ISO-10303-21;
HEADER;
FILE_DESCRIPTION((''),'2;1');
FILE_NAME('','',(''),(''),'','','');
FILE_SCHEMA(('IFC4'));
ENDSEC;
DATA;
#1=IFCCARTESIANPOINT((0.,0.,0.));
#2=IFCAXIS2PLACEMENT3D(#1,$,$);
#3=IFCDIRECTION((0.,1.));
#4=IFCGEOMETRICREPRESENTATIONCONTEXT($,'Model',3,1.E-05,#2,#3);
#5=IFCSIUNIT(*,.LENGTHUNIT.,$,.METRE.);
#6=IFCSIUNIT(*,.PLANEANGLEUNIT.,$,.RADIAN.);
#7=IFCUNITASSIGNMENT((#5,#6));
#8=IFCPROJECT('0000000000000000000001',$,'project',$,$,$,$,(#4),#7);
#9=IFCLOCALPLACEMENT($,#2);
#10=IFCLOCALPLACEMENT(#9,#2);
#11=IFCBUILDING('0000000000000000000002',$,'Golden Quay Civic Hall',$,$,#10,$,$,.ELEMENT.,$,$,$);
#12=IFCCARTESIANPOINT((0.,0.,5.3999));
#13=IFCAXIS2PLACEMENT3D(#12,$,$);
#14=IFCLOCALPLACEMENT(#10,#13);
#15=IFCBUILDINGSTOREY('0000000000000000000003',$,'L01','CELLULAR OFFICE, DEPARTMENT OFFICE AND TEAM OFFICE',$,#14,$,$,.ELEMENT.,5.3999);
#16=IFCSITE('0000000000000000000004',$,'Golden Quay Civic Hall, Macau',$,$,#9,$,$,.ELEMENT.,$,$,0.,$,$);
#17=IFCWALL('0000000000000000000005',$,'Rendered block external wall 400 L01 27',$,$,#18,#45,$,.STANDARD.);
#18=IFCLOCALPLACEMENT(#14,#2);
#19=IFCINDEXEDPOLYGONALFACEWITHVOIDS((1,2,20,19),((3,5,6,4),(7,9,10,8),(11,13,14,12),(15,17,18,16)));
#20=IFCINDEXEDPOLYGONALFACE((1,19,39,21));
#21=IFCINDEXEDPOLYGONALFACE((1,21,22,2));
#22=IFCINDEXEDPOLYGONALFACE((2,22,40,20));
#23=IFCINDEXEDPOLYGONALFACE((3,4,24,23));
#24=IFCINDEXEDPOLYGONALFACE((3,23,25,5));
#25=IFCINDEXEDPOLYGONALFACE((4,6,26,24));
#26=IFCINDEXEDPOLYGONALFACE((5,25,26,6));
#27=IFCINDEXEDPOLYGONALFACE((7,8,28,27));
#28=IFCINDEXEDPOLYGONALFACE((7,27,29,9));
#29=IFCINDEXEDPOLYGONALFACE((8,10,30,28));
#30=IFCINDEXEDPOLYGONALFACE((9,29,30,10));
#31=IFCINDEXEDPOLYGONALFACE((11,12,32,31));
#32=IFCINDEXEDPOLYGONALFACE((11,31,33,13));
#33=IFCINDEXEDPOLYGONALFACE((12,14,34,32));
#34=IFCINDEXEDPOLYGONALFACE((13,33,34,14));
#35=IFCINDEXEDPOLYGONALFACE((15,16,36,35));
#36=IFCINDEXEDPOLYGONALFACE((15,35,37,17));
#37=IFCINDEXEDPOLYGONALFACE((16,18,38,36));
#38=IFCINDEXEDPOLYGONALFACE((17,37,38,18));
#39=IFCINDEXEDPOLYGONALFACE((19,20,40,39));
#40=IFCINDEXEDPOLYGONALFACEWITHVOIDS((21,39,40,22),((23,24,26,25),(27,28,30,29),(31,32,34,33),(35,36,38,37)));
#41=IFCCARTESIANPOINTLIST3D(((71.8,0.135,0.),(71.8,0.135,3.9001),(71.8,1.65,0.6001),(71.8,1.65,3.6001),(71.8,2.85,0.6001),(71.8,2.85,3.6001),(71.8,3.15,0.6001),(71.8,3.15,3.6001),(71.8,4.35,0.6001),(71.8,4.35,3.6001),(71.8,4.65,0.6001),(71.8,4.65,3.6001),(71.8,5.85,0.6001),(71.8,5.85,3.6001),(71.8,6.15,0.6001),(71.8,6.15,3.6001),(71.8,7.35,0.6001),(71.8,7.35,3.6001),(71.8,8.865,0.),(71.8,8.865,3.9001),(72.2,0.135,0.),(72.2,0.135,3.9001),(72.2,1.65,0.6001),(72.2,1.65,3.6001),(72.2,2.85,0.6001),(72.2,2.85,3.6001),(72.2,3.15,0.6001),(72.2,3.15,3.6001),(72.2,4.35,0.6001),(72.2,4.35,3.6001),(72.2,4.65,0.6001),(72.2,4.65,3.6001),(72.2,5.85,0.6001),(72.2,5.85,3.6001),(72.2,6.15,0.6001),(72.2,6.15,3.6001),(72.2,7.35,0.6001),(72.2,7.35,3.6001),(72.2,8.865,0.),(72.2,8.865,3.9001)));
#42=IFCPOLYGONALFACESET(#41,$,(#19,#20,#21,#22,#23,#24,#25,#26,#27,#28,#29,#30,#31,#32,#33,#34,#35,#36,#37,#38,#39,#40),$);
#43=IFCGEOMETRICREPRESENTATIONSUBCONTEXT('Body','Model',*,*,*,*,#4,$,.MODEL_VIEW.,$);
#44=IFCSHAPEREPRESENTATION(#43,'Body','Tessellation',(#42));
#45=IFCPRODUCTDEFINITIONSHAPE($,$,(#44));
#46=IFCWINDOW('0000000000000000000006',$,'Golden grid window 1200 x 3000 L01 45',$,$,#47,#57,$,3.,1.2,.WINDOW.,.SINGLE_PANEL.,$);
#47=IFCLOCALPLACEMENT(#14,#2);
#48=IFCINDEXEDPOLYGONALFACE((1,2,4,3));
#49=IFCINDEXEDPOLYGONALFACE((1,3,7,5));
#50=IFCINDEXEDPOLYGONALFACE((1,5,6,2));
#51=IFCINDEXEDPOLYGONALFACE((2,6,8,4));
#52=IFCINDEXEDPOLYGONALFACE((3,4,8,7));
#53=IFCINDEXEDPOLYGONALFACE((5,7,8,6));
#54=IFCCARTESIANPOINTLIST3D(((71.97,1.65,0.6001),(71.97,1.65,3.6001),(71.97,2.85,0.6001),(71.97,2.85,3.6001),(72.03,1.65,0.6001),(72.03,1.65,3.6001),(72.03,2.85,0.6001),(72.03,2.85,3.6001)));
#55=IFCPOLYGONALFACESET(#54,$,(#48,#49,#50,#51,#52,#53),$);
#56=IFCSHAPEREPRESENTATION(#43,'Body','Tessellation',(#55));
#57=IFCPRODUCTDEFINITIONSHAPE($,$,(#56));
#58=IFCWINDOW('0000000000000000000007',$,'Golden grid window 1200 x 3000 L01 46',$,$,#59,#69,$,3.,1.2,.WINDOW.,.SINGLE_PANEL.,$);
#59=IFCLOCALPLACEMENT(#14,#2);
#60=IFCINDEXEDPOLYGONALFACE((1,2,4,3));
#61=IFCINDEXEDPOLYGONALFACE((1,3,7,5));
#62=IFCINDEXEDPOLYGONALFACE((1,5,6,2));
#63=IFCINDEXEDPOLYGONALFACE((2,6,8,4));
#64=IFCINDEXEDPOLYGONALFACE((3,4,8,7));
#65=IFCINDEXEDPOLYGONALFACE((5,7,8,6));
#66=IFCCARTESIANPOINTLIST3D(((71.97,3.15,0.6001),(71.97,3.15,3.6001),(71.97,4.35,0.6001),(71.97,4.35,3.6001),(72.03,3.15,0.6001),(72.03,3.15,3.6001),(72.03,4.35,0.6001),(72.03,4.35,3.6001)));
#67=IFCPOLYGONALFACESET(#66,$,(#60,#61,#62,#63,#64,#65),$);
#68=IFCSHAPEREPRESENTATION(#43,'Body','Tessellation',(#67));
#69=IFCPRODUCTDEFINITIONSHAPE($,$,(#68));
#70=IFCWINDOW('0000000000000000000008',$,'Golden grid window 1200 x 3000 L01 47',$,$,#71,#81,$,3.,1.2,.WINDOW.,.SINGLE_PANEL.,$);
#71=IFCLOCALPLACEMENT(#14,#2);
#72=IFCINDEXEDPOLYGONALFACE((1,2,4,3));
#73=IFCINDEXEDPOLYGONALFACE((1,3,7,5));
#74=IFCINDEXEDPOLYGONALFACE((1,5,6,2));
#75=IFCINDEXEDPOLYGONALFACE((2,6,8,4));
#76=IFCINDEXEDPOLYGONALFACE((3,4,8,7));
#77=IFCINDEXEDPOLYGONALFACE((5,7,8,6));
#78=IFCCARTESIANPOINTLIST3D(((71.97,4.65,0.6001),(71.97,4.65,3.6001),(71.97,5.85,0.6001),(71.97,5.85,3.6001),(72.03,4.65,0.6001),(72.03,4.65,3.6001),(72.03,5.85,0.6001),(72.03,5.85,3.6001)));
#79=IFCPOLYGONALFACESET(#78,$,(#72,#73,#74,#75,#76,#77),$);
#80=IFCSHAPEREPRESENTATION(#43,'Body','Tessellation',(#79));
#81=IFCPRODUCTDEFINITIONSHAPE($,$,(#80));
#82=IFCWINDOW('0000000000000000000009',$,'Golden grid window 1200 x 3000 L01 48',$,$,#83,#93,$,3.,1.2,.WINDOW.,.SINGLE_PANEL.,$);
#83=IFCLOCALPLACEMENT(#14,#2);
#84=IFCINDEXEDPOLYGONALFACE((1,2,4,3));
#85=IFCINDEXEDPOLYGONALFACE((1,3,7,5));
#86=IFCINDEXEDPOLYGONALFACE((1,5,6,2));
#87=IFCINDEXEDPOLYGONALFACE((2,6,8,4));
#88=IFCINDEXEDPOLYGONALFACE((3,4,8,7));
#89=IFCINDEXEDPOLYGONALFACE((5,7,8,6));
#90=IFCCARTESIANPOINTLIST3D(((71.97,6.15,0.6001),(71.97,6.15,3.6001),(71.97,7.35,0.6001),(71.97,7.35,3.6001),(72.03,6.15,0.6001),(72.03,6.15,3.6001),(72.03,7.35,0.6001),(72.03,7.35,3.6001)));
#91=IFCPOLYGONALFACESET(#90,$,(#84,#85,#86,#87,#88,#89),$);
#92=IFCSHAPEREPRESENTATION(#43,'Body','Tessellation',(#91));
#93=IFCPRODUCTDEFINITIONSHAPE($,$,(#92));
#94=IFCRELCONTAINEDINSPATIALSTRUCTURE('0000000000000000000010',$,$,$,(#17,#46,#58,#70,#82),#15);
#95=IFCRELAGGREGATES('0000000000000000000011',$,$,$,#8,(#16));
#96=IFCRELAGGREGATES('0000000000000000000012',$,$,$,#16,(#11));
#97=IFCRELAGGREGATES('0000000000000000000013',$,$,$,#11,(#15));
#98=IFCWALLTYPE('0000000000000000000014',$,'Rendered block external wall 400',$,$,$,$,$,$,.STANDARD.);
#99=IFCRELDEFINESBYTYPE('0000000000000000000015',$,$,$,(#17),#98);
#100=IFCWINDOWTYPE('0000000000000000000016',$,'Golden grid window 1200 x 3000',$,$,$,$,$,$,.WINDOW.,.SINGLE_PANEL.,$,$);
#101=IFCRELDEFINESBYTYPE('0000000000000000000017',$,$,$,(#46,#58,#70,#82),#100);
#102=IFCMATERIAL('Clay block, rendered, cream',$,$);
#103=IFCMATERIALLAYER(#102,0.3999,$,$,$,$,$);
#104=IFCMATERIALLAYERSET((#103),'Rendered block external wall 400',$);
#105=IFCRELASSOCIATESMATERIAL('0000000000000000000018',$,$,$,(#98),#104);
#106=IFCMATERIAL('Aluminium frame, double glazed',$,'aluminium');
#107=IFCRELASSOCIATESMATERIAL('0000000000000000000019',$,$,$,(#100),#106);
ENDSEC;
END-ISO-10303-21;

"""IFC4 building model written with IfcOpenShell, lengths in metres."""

from ifc_helpers import new_model, si_unit, direction, frame, frame_2d, origin, place, context, subcontext, project, spatial, rectangle, extrude, material, layer, layer_set, type_object, element, fill, save


model = new_model("IFC4")

# Units and contexts
model_context = context("Model", 3, precision=1e-05, world=origin(), true_north=direction((0.0, 1.0)))
body_context = subcontext(model_context, "Body", "Model", "MODEL_VIEW")
ifc_project = project(units=[si_unit("LENGTHUNIT", "METRE"), si_unit("PLANEANGLEUNIT", "RADIAN")], contexts=[model_context])

# Site, building, storey
site_placement = place(None, origin())
site = spatial("IfcSite", under=ifc_project, at=site_placement, Name="Golden Quay Civic Hall, Macau", CompositionType="ELEMENT", RefElevation=0.0)
building_placement = place(site_placement, origin())
building = spatial("IfcBuilding", under=site, at=building_placement, Name="Golden Quay Civic Hall", CompositionType="ELEMENT")
storey_placement = place(building_placement, frame((0.0, 0.0, 5.3999)))
storey = spatial("IfcBuildingStorey", under=building, at=storey_placement, Name="L01", Description="CELLULAR OFFICE, DEPARTMENT OFFICE AND TEAM OFFICE", CompositionType="ELEMENT", Elevation=5.3999)

# Wall, openings, windows
ifc_material_1 = material(Name="Clay block, rendered, cream")
ifc_layer_1 = layer(ifc_material_1, 0.3999)
ifc_layer_set_1 = layer_set([ifc_layer_1], Name="Rendered block external wall 400")
wall_type_1 = type_object("IfcWallType", Name="Rendered block external wall 400", PredefinedType="STANDARD", material=ifc_layer_set_1)
wall_1_placement = place(storey_placement, frame((72.0, 8.865, 0.0), z_axis=(0.0, 0.0, 1.0), x_axis=(0.0, -1.0, 0.0)))
wall_1 = element("IfcWall", 1, at=wall_1_placement, inside=storey, type_object=wall_type_1, Name="Rendered block external wall 400 L01 27", PredefinedType="STANDARD", context=body_context, shape_type="SweptSolid", body=[
    extrude(rectangle(XDim=8.73, YDim=0.3999, at=frame_2d((4.365, 0.0))), origin(), (0.0, 0.0, 1.0), 3.9001),
])
opening_1_placement = place(wall_1_placement, frame((6.0149, 0.0, 0.6001)))
opening_1 = element("IfcOpeningElement", 2, at=opening_1_placement, cuts=wall_1, PredefinedType="OPENING", context=body_context, shape_type="SweptSolid", body=[
    extrude(rectangle(XDim=1.2, YDim=3.0, at=frame_2d((0.6001, 1.5))), frame((0.0, 0.21, 0.0), z_axis=(0.0, -1.0, 0.0), x_axis=(1.0, 0.0, 0.0)), (0.0, 0.0, 1.0), 0.4199),
])
opening_2_placement = place(wall_1_placement, frame((4.5149, 0.0, 0.6001)))
opening_2 = element("IfcOpeningElement", 3, at=opening_2_placement, cuts=wall_1, PredefinedType="OPENING", context=body_context, shape_type="SweptSolid", body=[
    extrude(rectangle(XDim=1.2, YDim=3.0, at=frame_2d((0.6001, 1.5))), frame((0.0, 0.21, 0.0), z_axis=(0.0, -1.0, 0.0), x_axis=(1.0, 0.0, 0.0)), (0.0, 0.0, 1.0), 0.4199),
])
opening_3_placement = place(wall_1_placement, frame((3.0149, 0.0, 0.6001)))
opening_3 = element("IfcOpeningElement", 4, at=opening_3_placement, cuts=wall_1, PredefinedType="OPENING", context=body_context, shape_type="SweptSolid", body=[
    extrude(rectangle(XDim=1.2, YDim=3.0, at=frame_2d((0.6001, 1.5))), frame((0.0, 0.21, 0.0), z_axis=(0.0, -1.0, 0.0), x_axis=(1.0, 0.0, 0.0)), (0.0, 0.0, 1.0), 0.4199),
])
opening_4_placement = place(wall_1_placement, frame((1.5149, 0.0, 0.6001)))
opening_4 = element("IfcOpeningElement", 5, at=opening_4_placement, cuts=wall_1, PredefinedType="OPENING", context=body_context, shape_type="SweptSolid", body=[
    extrude(rectangle(XDim=1.2, YDim=3.0, at=frame_2d((0.6001, 1.5))), frame((0.0, 0.21, 0.0), z_axis=(0.0, -1.0, 0.0), x_axis=(1.0, 0.0, 0.0)), (0.0, 0.0, 1.0), 0.4199),
])
ifc_material_2 = material(Name="Aluminium frame, double glazed", Category="aluminium")
window_type = type_object("IfcWindowType", Name="Golden grid window 1200 x 3000", PartitioningType="SINGLE_PANEL", PredefinedType="WINDOW", material=ifc_material_2)
window_1_placement = place(opening_1_placement, origin())
window_1 = element("IfcWindow", 6, at=window_1_placement, inside=storey, type_object=window_type, Name="Golden grid window 1200 x 3000 L01 45", OverallHeight=3.0, OverallWidth=1.2, PartitioningType="SINGLE_PANEL", PredefinedType="WINDOW", context=body_context, shape_type="SweptSolid", body=[
    extrude(rectangle(XDim=1.2, YDim=3.0, at=frame_2d((0.6001, 1.5))), frame((0.0, 0.03, 0.0), z_axis=(0.0, -1.0, 0.0), x_axis=(1.0, 0.0, 0.0)), (0.0, 0.0, 1.0), 0.0601),
])
fill(opening_1, window_1)
window_2_placement = place(opening_2_placement, origin())
window_2 = element("IfcWindow", 7, at=window_2_placement, inside=storey, type_object=window_type, Name="Golden grid window 1200 x 3000 L01 46", OverallHeight=3.0, OverallWidth=1.2, PartitioningType="SINGLE_PANEL", PredefinedType="WINDOW", context=body_context, shape_type="SweptSolid", body=[
    extrude(rectangle(XDim=1.2, YDim=3.0, at=frame_2d((0.6001, 1.5))), frame((0.0, 0.03, 0.0), z_axis=(0.0, -1.0, 0.0), x_axis=(1.0, 0.0, 0.0)), (0.0, 0.0, 1.0), 0.0601),
])
fill(opening_2, window_2)
window_3_placement = place(opening_3_placement, origin())
window_3 = element("IfcWindow", 8, at=window_3_placement, inside=storey, type_object=window_type, Name="Golden grid window 1200 x 3000 L01 47", OverallHeight=3.0, OverallWidth=1.2, PartitioningType="SINGLE_PANEL", PredefinedType="WINDOW", context=body_context, shape_type="SweptSolid", body=[
    extrude(rectangle(XDim=1.2, YDim=3.0, at=frame_2d((0.6001, 1.5))), frame((0.0, 0.03, 0.0), z_axis=(0.0, -1.0, 0.0), x_axis=(1.0, 0.0, 0.0)), (0.0, 0.0, 1.0), 0.0601),
])
fill(opening_3, window_3)
window_4_placement = place(opening_4_placement, origin())
window_4 = element("IfcWindow", 9, at=window_4_placement, inside=storey, type_object=window_type, Name="Golden grid window 1200 x 3000 L01 48", OverallHeight=3.0, OverallWidth=1.2, PartitioningType="SINGLE_PANEL", PredefinedType="WINDOW", context=body_context, shape_type="SweptSolid", body=[
    extrude(rectangle(XDim=1.2, YDim=3.0, at=frame_2d((0.6001, 1.5))), frame((0.0, 0.03, 0.0), z_axis=(0.0, -1.0, 0.0), x_axis=(1.0, 0.0, 0.0)), (0.0, 0.0, 1.0), 0.0601),
])
fill(opening_4, window_4)

save(model, "model.ifc")
